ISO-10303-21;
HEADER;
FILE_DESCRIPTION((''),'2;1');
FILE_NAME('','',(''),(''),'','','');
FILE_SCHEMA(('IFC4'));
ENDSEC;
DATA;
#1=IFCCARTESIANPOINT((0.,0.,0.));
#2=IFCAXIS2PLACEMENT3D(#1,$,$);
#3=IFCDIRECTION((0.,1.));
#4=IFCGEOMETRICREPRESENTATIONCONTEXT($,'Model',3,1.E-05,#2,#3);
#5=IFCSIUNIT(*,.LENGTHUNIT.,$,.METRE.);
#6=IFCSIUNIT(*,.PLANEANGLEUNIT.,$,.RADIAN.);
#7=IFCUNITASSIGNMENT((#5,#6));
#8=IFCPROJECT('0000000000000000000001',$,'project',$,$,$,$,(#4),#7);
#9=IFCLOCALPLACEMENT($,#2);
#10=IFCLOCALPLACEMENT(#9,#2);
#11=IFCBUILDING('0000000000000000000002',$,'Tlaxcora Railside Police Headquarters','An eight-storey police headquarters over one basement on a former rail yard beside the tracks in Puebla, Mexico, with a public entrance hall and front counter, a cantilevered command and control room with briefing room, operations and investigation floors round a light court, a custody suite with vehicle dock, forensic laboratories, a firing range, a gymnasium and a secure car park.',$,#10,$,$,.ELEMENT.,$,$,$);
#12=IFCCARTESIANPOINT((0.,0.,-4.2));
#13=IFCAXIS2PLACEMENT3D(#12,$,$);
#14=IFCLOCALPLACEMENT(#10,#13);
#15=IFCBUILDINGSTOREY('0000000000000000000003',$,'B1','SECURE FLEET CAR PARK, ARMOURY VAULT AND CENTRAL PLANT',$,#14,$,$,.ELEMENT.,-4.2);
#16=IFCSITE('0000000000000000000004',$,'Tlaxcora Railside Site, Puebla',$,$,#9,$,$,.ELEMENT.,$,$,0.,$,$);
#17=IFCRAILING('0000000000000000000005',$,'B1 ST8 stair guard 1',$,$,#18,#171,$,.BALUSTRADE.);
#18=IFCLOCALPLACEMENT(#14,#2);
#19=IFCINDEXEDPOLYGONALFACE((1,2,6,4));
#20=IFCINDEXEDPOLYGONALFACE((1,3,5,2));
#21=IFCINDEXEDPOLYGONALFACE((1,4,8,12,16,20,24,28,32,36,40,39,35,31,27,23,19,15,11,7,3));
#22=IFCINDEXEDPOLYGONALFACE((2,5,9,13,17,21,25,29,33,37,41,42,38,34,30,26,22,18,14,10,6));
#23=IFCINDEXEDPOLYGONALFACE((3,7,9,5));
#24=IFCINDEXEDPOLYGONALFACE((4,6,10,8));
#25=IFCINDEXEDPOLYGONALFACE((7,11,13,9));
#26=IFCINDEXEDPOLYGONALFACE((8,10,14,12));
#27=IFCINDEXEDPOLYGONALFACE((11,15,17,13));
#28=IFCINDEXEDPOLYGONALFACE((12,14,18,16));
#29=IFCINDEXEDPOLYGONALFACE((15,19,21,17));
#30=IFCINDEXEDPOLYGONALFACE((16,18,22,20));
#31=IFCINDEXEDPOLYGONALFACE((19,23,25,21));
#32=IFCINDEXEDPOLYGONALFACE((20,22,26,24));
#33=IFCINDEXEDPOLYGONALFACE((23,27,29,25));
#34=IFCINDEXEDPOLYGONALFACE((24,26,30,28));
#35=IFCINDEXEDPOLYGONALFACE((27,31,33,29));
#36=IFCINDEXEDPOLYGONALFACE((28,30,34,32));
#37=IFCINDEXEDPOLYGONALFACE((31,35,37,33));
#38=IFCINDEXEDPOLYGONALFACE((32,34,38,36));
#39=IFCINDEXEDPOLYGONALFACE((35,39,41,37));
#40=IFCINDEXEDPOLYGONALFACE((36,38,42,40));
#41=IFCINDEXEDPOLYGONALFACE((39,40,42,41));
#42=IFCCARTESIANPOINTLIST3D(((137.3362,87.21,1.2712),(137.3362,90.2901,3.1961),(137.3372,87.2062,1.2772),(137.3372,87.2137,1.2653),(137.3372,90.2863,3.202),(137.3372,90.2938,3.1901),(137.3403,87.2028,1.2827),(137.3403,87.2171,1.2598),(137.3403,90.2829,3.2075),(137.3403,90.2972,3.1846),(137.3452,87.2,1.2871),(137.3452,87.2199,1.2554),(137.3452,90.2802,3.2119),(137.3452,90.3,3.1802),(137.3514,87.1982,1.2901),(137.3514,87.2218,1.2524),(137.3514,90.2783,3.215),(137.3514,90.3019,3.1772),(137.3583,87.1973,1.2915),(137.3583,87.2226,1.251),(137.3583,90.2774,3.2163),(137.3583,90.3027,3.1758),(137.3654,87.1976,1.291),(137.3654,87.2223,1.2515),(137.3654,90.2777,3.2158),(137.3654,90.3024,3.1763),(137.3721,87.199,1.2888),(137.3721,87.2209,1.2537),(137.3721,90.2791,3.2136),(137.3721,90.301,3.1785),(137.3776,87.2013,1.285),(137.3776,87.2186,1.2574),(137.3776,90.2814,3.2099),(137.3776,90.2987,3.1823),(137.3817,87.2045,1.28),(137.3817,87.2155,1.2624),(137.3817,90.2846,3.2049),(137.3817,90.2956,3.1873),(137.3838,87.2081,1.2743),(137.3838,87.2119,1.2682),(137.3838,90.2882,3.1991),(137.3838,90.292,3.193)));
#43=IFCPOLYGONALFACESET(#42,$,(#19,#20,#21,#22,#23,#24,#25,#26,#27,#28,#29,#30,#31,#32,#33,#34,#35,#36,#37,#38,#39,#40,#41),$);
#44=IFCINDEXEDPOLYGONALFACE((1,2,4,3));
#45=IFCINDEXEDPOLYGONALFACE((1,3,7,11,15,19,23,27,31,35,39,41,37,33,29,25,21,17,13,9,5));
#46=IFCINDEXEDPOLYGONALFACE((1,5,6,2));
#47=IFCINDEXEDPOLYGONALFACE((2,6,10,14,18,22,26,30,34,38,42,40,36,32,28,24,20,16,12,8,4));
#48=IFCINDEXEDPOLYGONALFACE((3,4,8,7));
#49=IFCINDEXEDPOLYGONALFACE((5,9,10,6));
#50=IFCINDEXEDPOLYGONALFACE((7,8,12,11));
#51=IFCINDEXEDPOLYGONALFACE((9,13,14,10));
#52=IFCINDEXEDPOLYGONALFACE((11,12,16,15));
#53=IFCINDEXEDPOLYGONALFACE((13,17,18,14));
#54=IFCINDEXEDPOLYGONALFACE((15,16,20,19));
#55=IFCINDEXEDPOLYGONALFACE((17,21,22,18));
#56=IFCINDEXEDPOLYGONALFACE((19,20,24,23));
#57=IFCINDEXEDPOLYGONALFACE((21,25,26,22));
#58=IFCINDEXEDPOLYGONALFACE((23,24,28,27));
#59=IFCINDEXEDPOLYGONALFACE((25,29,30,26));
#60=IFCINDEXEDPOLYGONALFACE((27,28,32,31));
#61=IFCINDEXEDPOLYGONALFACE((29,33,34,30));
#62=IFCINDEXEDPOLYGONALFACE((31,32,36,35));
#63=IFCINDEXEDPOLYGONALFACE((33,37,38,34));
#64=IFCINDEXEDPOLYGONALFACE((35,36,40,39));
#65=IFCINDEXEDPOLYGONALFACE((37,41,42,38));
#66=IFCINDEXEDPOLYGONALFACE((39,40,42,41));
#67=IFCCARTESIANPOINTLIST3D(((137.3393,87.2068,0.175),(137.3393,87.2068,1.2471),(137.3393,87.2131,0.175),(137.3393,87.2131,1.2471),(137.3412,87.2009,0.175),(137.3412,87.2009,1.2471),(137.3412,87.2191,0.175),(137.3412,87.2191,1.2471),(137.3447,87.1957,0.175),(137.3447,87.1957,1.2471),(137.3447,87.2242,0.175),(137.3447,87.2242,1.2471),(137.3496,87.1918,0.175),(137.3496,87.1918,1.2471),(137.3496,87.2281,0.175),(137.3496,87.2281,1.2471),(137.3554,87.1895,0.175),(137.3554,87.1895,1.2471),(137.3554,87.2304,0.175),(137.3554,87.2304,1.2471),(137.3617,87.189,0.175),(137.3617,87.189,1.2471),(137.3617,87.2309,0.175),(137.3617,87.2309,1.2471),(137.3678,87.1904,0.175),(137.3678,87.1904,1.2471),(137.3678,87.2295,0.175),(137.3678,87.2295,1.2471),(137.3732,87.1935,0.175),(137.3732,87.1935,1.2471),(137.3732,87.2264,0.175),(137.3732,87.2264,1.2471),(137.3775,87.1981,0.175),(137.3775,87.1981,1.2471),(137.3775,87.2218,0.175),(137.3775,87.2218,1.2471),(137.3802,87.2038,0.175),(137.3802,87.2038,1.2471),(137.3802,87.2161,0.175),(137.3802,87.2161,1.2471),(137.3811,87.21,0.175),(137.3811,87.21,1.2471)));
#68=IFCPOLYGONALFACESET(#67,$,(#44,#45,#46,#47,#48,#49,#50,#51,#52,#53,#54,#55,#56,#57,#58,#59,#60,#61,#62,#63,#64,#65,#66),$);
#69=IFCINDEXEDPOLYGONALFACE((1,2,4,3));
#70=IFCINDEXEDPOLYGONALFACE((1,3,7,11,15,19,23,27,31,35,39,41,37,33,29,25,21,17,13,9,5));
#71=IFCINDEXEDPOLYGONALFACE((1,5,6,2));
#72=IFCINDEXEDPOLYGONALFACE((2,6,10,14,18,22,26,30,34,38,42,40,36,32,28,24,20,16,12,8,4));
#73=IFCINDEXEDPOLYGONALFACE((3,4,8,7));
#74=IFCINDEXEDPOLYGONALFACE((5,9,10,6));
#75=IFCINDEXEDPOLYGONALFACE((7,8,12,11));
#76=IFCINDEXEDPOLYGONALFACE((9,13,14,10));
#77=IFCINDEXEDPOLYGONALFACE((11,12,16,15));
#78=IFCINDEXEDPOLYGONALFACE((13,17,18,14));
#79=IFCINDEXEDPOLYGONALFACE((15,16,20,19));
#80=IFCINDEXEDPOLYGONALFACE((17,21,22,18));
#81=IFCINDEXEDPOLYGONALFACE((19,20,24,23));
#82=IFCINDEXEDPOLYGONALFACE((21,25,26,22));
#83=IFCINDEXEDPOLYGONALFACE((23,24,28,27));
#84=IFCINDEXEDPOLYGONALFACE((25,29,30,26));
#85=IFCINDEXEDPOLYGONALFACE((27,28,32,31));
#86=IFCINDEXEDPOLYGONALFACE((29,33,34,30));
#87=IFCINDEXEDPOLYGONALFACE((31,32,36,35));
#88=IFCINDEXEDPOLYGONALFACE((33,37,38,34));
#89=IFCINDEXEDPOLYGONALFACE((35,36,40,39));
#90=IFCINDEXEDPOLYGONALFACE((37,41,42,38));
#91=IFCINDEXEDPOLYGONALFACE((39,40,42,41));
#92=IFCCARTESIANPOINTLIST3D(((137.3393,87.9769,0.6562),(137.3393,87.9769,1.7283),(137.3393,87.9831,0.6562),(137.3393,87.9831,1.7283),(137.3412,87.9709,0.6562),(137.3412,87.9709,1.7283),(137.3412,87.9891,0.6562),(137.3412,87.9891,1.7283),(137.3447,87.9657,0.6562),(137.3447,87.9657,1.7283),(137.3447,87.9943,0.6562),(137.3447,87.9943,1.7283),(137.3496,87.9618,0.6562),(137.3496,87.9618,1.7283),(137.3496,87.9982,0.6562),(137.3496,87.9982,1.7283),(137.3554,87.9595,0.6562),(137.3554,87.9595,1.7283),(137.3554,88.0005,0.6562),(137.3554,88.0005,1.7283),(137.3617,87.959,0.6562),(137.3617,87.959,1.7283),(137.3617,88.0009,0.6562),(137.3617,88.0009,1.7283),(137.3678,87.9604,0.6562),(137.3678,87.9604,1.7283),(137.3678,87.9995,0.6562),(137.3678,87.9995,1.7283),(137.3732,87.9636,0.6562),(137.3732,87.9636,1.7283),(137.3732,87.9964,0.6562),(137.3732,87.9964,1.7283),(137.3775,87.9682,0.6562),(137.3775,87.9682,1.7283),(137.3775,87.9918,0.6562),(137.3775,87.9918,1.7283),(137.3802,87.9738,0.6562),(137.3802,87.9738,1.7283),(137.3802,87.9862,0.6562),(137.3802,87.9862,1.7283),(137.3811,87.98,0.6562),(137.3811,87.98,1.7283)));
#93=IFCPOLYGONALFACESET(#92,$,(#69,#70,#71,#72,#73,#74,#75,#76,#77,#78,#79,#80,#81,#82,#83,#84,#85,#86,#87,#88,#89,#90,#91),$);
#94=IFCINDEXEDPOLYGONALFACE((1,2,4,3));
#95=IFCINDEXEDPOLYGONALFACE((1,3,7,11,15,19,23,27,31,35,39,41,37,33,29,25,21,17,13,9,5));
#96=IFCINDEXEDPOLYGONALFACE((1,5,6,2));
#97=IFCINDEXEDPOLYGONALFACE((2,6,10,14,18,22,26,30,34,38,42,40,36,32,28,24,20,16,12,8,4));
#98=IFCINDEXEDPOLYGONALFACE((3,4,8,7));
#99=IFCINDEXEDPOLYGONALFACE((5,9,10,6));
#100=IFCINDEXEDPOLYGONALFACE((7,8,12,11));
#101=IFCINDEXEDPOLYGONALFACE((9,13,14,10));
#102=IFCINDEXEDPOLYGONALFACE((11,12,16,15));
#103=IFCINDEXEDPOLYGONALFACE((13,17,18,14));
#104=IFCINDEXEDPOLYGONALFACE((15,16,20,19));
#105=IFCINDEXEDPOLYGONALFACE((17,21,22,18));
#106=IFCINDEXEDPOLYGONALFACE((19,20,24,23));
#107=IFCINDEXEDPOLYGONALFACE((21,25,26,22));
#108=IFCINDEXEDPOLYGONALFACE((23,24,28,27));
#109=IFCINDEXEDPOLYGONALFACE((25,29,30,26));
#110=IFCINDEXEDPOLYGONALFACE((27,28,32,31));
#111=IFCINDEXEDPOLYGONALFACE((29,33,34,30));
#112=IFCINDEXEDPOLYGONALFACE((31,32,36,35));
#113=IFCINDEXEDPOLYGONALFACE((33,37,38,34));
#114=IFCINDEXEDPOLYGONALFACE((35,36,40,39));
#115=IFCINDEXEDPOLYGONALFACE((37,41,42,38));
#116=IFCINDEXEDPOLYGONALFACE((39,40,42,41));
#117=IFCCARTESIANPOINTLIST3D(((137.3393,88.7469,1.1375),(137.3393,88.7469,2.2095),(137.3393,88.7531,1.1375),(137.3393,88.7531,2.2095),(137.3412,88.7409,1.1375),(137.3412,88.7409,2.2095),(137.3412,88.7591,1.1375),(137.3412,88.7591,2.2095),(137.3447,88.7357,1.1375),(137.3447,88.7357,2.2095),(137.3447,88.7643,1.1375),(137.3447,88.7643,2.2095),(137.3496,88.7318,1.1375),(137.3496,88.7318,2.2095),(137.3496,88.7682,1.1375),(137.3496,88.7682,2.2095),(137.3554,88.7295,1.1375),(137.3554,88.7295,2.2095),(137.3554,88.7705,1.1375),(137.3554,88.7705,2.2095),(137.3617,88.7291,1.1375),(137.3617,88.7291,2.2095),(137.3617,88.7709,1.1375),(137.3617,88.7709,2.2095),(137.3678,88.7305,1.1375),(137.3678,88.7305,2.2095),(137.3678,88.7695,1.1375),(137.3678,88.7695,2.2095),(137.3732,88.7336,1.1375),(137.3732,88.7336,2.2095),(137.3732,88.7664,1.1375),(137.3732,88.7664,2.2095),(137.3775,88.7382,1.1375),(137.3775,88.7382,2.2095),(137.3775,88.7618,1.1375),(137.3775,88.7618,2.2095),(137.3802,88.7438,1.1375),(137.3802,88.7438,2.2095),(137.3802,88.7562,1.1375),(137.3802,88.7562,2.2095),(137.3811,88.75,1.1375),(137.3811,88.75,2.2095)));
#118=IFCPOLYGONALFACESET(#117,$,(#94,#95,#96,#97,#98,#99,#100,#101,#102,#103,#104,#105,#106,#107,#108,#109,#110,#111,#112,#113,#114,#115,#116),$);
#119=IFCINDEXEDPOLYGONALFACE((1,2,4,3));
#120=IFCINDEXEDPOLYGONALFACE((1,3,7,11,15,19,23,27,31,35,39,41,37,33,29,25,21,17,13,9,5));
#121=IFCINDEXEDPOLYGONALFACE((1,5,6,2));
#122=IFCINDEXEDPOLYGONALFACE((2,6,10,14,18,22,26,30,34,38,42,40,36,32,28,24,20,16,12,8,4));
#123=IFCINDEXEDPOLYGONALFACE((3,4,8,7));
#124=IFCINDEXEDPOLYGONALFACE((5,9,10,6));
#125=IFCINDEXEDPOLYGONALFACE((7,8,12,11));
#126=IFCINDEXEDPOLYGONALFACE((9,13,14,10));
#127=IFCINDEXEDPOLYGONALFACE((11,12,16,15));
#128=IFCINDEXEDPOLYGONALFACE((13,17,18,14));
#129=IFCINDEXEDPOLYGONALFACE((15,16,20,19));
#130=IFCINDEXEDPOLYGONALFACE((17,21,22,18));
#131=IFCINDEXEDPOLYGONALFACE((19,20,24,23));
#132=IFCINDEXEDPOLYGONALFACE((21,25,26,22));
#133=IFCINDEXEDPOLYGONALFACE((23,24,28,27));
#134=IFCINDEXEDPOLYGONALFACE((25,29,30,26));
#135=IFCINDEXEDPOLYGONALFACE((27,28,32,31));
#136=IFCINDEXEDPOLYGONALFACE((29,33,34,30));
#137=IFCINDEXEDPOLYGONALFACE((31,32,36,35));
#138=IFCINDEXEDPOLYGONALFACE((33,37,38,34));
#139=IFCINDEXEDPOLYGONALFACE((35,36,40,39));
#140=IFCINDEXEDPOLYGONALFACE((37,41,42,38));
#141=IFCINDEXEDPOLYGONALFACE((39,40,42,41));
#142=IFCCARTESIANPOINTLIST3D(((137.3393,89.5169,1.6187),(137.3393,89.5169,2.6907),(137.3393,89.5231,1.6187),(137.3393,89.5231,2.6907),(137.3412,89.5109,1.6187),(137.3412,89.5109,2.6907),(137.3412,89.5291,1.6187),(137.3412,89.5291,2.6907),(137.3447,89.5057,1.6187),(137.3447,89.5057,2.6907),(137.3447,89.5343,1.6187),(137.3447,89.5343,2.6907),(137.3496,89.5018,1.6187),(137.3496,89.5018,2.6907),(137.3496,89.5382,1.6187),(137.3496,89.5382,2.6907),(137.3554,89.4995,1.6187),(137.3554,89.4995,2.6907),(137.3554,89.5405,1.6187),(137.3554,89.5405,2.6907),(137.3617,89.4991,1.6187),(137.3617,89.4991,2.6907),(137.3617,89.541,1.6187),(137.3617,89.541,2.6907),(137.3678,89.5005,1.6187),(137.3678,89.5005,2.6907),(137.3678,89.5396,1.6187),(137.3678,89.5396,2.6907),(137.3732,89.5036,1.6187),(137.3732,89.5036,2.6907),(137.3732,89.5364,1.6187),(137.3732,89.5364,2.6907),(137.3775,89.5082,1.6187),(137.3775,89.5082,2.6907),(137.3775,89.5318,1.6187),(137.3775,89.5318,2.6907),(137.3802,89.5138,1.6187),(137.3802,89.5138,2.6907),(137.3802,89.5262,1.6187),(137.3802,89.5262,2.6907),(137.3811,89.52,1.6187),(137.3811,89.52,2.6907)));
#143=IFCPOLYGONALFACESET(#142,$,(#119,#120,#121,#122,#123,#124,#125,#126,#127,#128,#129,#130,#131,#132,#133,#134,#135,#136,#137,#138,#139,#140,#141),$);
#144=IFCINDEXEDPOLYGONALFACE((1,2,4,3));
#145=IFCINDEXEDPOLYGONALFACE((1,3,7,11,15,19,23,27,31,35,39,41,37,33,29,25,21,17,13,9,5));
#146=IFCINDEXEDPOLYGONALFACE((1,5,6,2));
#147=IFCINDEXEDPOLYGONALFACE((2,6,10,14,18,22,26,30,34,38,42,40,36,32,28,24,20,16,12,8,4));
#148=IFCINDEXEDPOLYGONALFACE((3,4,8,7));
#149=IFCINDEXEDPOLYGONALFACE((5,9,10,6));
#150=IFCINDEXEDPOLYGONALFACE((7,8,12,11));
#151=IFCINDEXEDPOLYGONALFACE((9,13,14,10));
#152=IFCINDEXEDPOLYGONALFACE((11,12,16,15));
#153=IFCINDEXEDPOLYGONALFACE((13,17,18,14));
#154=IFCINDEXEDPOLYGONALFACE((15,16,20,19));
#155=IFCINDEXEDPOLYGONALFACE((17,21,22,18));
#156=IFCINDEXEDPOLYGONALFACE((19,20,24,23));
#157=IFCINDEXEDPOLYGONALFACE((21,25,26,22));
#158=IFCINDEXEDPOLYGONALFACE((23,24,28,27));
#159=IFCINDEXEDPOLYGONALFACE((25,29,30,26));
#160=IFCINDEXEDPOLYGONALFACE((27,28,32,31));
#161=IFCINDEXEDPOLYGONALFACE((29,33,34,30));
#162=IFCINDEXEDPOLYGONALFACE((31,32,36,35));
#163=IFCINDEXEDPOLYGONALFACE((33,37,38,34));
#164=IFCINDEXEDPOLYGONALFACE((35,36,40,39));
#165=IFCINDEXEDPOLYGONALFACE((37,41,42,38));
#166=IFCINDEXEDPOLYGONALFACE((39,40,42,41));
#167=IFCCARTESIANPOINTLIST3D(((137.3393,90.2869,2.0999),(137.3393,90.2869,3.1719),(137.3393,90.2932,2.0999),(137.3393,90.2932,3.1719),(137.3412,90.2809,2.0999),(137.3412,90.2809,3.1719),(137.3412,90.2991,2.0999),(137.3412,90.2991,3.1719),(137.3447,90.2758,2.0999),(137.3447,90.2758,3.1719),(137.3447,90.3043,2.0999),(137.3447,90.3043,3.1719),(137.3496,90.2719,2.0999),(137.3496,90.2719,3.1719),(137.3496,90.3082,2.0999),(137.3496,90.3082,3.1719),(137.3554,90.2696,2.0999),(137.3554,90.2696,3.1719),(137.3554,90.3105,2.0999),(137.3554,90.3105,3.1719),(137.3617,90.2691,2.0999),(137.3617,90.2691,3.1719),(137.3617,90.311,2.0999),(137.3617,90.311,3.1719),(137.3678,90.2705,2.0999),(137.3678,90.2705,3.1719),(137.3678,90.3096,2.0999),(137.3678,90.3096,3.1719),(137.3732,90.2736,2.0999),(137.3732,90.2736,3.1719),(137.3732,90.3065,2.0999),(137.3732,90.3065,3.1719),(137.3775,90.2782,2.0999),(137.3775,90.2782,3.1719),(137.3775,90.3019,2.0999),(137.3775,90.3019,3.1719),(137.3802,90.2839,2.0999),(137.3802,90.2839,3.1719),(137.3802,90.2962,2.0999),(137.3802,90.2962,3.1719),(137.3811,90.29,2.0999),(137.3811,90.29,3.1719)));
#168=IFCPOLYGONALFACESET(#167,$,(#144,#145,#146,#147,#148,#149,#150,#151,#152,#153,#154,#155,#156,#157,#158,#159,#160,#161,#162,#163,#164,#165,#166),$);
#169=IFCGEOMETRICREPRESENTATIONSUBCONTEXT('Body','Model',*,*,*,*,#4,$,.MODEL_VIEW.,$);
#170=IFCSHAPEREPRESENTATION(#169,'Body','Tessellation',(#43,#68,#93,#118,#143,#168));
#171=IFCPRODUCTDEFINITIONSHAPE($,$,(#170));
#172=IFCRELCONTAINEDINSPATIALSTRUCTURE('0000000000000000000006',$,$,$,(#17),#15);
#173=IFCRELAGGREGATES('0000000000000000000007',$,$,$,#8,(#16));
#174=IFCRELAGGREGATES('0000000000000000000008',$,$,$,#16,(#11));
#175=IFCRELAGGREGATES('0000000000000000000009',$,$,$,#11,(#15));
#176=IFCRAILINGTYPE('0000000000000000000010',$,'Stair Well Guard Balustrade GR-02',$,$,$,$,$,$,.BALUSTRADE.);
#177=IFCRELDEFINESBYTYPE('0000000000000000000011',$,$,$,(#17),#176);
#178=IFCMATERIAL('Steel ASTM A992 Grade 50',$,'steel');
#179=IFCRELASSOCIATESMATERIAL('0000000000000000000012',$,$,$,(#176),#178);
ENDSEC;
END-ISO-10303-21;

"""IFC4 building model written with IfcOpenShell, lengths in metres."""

from ifc_helpers import new_model, si_unit, direction, frame, origin, origin_2d, place, context, subcontext, project, spatial, circle, extrude, material, type_object, element, save


model = new_model("IFC4")

# Units and contexts
model_context = context("Model", 3, precision=1e-05, world=origin(), true_north=direction((0.0, 1.0)))
body_context = subcontext(model_context, "Body", "Model", "MODEL_VIEW")
ifc_project = project(units=[si_unit("LENGTHUNIT", "METRE"), si_unit("PLANEANGLEUNIT", "RADIAN")], contexts=[model_context])

# Site, building, storey
site_placement = place(None, origin())
site = spatial("IfcSite", under=ifc_project, at=site_placement, Name="Tlaxcora Railside Site, Puebla", CompositionType="ELEMENT", RefElevation=0.0)
building_placement = place(site_placement, origin())
building = spatial("IfcBuilding", under=site, at=building_placement, Name="Tlaxcora Railside Police Headquarters", Description="An eight-storey police headquarters over one basement on a former rail yard beside the tracks in Puebla, Mexico, with a public entrance hall and front counter, a cantilevered command and control room with briefing room, operations and investigation floors round a light court, a custody suite with vehicle dock, forensic laboratories, a firing range, a gymnasium and a secure car park.", CompositionType="ELEMENT")
storey_placement = place(building_placement, frame((0.0, 0.0, -4.2)))
storey = spatial("IfcBuildingStorey", under=building, at=storey_placement, Name="B1", Description="SECURE FLEET CAR PARK, ARMOURY VAULT AND CENTRAL PLANT", CompositionType="ELEMENT", Elevation=-4.2)

# Shared definitions
ifc_material_1 = material(Name="Steel ASTM A992 Grade 50", Category="steel")

# Railing
railing_type_1 = type_object("IfcRailingType", Name="Stair Well Guard Balustrade GR-02", PredefinedType="BALUSTRADE", material=ifc_material_1)
railing_1_placement = place(storey_placement, frame((137.3601, 87.21, 0.175)))
element("IfcRailing", 1, at=railing_1_placement, inside=storey, type_object=railing_type_1, Name="B1 ST8 stair guard 1", PredefinedType="BALUSTRADE", context=body_context, shape_type="SweptSolid", body=[
    extrude(circle(Radius=0.0239, at=origin_2d()), frame((0.0, 0.0, 1.0962), z_axis=(0.0, 0.848029, 0.529951), x_axis=(-1.0, 0.0, 0.0)), (0.0, 0.0, 1.0), 3.6321),
    extrude(circle(Radius=0.021, at=origin_2d()), origin(), (0.0, 0.0, 1.0), 1.072),
    extrude(circle(Radius=0.021, at=origin_2d()), frame((0.0, 0.77, 0.4812)), (0.0, 0.0, 1.0), 1.072),
    extrude(circle(Radius=0.021, at=origin_2d()), frame((0.0, 1.54, 0.9624)), (0.0, 0.0, 1.0), 1.072),
    extrude(circle(Radius=0.021, at=origin_2d()), frame((0.0, 2.3101, 1.4436)), (0.0, 0.0, 1.0), 1.072),
    extrude(circle(Radius=0.021, at=origin_2d()), frame((0.0, 3.0801, 1.9248)), (0.0, 0.0, 1.0), 1.072),
])

save(model, "model.ifc")
